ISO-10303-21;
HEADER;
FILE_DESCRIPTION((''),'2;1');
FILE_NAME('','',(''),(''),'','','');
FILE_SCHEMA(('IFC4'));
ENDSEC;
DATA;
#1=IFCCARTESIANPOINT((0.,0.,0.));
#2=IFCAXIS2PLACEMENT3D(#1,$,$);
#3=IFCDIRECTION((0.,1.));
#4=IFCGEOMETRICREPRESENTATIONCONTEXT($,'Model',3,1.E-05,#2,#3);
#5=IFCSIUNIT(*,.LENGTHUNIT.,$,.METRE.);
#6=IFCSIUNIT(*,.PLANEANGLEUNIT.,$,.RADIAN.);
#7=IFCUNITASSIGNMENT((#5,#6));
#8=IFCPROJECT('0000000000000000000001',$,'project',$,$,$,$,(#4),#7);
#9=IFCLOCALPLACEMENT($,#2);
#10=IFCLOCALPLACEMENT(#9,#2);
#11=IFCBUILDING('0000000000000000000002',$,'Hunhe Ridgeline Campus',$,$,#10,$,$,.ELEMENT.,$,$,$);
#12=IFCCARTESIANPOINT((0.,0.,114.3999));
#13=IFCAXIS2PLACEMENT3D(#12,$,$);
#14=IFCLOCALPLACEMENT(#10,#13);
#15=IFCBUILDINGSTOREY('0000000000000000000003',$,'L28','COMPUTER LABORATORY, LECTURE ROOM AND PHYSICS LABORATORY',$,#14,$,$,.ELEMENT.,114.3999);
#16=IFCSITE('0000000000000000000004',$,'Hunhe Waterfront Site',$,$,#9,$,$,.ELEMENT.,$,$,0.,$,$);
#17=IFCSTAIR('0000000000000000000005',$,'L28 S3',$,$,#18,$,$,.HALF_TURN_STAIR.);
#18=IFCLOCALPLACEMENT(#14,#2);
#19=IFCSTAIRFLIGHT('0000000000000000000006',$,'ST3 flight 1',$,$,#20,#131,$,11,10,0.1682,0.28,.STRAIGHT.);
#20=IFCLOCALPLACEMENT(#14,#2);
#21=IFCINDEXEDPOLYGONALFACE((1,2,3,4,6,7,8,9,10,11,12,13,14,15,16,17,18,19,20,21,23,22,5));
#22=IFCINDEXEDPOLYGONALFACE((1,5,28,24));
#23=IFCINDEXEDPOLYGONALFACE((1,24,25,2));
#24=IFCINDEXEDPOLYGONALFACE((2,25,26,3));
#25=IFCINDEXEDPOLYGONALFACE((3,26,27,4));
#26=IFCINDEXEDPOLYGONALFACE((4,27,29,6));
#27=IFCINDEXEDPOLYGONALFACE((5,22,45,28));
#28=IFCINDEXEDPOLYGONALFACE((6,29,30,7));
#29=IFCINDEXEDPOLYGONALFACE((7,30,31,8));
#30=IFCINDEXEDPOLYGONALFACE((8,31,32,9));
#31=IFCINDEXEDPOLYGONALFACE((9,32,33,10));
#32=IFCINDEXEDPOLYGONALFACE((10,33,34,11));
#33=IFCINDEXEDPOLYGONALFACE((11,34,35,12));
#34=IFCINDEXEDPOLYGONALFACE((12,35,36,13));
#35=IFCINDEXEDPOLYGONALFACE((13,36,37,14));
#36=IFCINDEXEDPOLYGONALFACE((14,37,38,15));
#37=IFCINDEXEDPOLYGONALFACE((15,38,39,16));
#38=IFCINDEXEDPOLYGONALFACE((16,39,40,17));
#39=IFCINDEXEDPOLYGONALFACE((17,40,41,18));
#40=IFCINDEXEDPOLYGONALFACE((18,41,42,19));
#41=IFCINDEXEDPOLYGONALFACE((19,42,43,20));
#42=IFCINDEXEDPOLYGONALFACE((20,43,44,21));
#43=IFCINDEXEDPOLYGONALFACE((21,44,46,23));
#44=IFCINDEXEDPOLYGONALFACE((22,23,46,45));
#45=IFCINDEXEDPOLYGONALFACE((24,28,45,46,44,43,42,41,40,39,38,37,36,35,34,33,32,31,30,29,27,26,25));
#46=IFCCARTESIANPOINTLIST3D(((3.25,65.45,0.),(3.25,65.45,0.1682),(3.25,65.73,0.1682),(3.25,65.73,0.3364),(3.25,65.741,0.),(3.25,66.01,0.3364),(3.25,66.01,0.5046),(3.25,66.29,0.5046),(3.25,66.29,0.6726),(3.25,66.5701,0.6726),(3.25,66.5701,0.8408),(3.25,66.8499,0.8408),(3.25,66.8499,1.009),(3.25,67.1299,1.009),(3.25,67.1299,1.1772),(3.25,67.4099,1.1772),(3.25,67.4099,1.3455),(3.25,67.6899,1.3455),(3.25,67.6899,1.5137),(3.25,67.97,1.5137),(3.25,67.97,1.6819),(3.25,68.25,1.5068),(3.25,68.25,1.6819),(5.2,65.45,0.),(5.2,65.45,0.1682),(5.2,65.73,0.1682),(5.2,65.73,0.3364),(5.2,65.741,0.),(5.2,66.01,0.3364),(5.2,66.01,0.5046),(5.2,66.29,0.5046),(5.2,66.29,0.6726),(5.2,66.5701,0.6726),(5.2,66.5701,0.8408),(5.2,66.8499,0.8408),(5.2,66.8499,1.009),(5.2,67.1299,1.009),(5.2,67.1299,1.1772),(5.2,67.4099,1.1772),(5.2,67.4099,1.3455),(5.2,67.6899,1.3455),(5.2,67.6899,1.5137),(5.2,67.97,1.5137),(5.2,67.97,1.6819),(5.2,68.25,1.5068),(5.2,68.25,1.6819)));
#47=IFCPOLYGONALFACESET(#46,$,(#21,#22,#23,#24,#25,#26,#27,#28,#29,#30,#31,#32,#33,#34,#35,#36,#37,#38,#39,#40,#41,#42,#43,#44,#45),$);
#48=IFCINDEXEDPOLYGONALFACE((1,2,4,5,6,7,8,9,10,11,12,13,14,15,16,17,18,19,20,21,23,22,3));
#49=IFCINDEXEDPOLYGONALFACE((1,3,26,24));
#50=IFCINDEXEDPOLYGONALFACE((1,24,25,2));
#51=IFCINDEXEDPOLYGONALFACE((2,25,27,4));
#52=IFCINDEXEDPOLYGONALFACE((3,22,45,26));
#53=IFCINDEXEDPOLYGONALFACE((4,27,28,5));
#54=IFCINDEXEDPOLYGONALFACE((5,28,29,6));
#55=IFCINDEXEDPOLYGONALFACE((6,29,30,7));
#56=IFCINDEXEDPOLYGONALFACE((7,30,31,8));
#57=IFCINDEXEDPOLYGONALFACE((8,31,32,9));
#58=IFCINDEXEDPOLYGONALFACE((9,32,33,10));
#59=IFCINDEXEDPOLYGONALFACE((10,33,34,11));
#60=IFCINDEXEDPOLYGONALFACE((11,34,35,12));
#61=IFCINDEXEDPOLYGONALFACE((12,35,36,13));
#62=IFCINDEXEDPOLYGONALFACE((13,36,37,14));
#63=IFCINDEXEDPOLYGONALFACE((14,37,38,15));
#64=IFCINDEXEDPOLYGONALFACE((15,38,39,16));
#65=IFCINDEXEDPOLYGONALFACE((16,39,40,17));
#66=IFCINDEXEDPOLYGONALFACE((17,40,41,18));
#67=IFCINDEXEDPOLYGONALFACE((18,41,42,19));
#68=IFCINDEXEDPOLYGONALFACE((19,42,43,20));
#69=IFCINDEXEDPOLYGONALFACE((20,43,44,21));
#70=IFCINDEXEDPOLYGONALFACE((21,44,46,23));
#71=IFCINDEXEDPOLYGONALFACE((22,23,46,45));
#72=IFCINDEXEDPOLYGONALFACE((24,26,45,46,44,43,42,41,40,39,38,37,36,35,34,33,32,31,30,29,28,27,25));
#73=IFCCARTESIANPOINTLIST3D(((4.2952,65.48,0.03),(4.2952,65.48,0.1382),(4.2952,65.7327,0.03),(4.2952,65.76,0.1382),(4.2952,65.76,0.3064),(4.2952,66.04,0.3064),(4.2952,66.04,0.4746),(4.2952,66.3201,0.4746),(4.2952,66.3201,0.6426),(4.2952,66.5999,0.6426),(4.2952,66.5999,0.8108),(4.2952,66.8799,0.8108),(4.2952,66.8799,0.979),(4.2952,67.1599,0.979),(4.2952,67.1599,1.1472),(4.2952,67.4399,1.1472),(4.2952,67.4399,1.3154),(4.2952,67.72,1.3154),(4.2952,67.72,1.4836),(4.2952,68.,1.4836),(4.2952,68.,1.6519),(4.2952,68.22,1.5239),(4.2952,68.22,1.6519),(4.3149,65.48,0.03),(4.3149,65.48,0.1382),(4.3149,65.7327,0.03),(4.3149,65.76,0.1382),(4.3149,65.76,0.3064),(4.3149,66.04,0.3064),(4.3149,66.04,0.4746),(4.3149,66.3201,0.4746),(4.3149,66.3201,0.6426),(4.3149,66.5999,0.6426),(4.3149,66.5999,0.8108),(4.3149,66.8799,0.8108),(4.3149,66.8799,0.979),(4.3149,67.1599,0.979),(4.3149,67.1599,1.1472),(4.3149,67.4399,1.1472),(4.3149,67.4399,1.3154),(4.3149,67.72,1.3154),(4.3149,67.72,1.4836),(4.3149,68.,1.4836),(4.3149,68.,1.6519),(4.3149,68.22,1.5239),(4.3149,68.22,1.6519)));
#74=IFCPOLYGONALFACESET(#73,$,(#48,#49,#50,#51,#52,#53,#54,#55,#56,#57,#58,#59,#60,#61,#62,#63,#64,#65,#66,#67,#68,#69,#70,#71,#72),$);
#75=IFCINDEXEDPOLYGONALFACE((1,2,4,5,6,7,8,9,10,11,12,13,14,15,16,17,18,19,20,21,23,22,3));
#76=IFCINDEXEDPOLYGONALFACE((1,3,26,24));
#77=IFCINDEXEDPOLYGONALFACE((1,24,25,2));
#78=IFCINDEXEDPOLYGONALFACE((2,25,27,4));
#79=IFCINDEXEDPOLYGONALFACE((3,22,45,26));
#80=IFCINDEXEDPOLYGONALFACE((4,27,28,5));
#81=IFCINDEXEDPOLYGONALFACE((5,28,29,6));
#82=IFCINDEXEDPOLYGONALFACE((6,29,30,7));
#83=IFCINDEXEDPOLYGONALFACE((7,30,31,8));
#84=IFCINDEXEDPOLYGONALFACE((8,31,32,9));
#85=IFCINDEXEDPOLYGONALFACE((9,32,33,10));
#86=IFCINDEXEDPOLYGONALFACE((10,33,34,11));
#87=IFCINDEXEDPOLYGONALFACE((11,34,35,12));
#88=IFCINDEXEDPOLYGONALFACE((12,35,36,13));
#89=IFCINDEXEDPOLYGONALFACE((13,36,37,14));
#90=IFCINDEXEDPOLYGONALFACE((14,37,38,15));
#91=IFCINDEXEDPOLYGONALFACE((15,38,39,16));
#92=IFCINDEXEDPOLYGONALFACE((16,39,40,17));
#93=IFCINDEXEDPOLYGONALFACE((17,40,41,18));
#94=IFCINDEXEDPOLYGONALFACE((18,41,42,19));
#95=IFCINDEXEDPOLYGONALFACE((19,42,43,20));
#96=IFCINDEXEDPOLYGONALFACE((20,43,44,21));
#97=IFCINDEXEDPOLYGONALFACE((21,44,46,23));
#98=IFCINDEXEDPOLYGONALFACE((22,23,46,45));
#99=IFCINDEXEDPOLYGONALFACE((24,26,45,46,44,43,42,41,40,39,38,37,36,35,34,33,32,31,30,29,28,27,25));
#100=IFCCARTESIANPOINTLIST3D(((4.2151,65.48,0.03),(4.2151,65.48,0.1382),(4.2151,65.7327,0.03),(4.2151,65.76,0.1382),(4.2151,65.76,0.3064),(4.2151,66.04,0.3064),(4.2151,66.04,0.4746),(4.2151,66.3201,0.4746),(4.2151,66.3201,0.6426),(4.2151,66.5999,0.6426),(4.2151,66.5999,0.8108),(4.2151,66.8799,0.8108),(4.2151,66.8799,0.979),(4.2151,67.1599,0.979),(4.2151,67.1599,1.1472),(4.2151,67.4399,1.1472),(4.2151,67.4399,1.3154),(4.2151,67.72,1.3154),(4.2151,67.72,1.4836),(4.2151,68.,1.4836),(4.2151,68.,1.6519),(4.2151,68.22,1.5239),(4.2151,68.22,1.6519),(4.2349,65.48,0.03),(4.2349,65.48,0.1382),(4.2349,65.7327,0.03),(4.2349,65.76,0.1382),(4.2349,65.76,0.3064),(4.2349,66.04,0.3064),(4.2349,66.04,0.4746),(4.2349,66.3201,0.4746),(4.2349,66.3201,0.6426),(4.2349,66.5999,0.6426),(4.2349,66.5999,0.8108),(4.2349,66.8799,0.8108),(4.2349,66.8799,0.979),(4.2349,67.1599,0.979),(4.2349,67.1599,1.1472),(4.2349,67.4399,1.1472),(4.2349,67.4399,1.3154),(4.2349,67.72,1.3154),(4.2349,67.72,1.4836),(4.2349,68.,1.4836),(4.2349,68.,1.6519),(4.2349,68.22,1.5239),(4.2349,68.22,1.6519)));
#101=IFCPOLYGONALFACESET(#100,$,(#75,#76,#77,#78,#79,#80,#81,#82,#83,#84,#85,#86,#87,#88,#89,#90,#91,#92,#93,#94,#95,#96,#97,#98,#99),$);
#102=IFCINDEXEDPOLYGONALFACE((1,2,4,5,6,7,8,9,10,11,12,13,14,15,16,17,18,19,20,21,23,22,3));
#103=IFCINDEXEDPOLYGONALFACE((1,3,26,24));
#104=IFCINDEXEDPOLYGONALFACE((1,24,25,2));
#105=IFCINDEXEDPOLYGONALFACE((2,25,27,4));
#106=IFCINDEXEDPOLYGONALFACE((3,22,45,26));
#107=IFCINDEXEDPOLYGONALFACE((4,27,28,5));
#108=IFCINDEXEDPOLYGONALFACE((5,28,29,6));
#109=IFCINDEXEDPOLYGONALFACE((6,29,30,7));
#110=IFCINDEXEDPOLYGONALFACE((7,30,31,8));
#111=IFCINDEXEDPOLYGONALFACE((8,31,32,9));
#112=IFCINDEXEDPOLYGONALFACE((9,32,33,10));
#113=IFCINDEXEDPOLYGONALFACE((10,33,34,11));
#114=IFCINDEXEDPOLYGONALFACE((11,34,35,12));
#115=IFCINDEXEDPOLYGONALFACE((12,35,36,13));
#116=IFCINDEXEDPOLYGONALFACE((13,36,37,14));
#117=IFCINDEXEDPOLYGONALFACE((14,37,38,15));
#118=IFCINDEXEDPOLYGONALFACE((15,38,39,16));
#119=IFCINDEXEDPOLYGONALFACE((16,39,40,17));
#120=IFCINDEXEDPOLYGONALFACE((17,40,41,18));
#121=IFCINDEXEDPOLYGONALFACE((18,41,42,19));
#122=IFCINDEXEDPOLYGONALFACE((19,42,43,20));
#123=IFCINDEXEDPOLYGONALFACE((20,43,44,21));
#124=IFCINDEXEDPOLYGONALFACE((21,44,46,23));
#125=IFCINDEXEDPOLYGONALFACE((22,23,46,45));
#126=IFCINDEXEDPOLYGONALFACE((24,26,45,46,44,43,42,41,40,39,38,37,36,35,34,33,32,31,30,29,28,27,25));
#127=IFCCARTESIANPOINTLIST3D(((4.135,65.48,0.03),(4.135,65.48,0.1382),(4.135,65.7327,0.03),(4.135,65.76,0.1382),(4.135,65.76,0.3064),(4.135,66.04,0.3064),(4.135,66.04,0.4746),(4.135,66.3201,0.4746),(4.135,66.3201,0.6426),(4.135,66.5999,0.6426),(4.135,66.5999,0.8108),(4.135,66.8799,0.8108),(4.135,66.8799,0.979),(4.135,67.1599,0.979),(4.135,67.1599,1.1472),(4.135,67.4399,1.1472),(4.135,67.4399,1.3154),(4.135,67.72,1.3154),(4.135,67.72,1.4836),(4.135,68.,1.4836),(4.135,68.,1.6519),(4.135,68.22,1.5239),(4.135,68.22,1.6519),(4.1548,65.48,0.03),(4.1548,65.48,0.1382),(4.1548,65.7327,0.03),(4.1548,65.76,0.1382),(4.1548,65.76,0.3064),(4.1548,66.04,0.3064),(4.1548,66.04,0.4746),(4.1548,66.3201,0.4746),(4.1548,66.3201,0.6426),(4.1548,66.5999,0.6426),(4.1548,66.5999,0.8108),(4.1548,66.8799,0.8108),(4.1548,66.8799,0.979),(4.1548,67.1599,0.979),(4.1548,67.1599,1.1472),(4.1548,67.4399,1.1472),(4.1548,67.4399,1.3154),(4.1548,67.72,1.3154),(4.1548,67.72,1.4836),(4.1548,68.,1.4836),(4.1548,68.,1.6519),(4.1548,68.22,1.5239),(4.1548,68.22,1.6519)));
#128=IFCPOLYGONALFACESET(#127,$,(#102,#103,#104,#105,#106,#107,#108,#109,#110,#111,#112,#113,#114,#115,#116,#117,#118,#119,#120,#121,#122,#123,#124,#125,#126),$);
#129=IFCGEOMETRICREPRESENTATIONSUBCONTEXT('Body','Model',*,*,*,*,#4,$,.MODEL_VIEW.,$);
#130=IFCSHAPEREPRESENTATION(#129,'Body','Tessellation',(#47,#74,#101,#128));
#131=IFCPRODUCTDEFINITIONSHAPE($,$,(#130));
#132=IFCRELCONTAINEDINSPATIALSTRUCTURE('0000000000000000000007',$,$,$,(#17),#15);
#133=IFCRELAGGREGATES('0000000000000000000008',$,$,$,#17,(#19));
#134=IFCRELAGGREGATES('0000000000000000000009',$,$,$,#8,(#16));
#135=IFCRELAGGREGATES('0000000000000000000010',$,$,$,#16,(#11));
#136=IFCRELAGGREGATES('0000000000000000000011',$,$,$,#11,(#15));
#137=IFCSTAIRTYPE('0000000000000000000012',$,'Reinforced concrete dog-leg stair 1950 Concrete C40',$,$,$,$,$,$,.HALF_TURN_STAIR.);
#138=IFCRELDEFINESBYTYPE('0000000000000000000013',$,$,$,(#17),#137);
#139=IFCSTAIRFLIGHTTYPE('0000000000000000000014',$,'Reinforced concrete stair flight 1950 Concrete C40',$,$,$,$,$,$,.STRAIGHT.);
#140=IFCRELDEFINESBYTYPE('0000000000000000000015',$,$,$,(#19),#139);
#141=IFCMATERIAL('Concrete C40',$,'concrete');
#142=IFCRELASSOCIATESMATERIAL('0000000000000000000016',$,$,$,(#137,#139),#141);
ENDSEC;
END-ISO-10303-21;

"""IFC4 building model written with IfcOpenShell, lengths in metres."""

from ifc_helpers import new_model, si_unit, direction, frame, origin, place, context, subcontext, project, spatial, polyline, outline, extrude, material, type_object, element, aggregate, save


model = new_model("IFC4")

# Units and contexts
model_context = context("Model", 3, precision=1e-05, world=origin(), true_north=direction((0.0, 1.0)))
body_context = subcontext(model_context, "Body", "Model", "MODEL_VIEW")
ifc_project = project(units=[si_unit("LENGTHUNIT", "METRE"), si_unit("PLANEANGLEUNIT", "RADIAN")], contexts=[model_context])

# Site, building, storey
site_placement = place(None, origin())
site = spatial("IfcSite", under=ifc_project, at=site_placement, Name="Hunhe Waterfront Site", CompositionType="ELEMENT", RefElevation=0.0)
building_placement = place(site_placement, origin())
building = spatial("IfcBuilding", under=site, at=building_placement, Name="Hunhe Ridgeline Campus", CompositionType="ELEMENT")
storey_placement = place(building_placement, frame((0.0, 0.0, 114.3999)))
storey = spatial("IfcBuildingStorey", under=building, at=storey_placement, Name="L28", Description="COMPUTER LABORATORY, LECTURE ROOM AND PHYSICS LABORATORY", CompositionType="ELEMENT", Elevation=114.3999)

# Stair, stair flight
ifc_material_1 = material(Name="Concrete C40", Category="concrete")
stair_type = type_object("IfcStairType", Name="Reinforced concrete dog-leg stair 1950 Concrete C40", PredefinedType="HALF_TURN_STAIR", material=ifc_material_1)
stair_1_placement = place(storey_placement, origin())
stair_1 = element("IfcStair", 1, at=stair_1_placement, inside=storey, type_object=stair_type, Name="L28 S3", PredefinedType="HALF_TURN_STAIR")
stair_flight_type = type_object("IfcStairFlightType", Name="Reinforced concrete stair flight 1950 Concrete C40", PredefinedType="STRAIGHT", material=ifc_material_1)
stair_flight_1_placement = place(storey_placement, frame((4.2251, 65.45, 0.0), z_axis=(0.0, 0.0, 1.0), x_axis=(0.0, 1.0, 0.0)))
stair_flight_1 = element("IfcStairFlight", 2, at=stair_flight_1_placement, type_object=stair_flight_type, Name="ST3 flight 1", NumberOfRisers=11, NumberOfTreads=10, PredefinedType="STRAIGHT", RiserHeight=0.1682, TreadLength=0.28, context=body_context, shape_type="SweptSolid", body=[
    extrude(outline(polyline([(0.0, 0.0), (0.0, 0.1682), (0.28, 0.1682), (0.28, 0.3364), (0.5601, 0.3364), (0.5601, 0.5046), (0.8401, 0.5046), (0.8401, 0.6726), (1.1201, 0.6726), (1.1201, 0.8408), (1.3999, 0.8408), (1.3999, 1.009), (1.6799, 1.009), (1.6799, 1.1772), (1.96, 1.1772), (1.96, 1.3455), (2.24, 1.3455), (2.24, 1.5137), (2.52, 1.5137), (2.52, 1.6819), (2.8, 1.6819), (2.8, 1.8501), (2.8, 1.5068), (0.291, 0.0), (0.0, 0.0)])), frame((0.0, 0.9751, 0.0), z_axis=(0.0, -1.0, 0.0), x_axis=(1.0, 0.0, 0.0)), (0.0, 0.0, 1.0), 1.95),
    extrude(outline(polyline([(0.03, 0.03), (0.03, 0.1382), (0.3101, 0.1382), (0.3101, 0.3064), (0.5901, 0.3064), (0.5901, 0.4746), (0.8701, 0.4746), (0.8701, 0.6426), (1.1499, 0.6426), (1.1499, 0.8108), (1.4299, 0.8108), (1.4299, 0.979), (1.71, 0.979), (1.71, 1.1472), (1.99, 1.1472), (1.99, 1.3154), (2.27, 1.3154), (2.27, 1.4836), (2.55, 1.4836), (2.55, 1.6519), (2.77, 1.6519), (2.77, 1.5239), (0.2827, 0.03), (0.03, 0.03)])), frame((0.0, -0.0701, 0.0), z_axis=(0.0, -1.0, 0.0), x_axis=(1.0, 0.0, 0.0)), (0.0, 0.0, 1.0), 0.0198),
    extrude(outline(polyline([(0.03, 0.03), (0.03, 0.1382), (0.3101, 0.1382), (0.3101, 0.3064), (0.5901, 0.3064), (0.5901, 0.4746), (0.8701, 0.4746), (0.8701, 0.6426), (1.1499, 0.6426), (1.1499, 0.8108), (1.4299, 0.8108), (1.4299, 0.979), (1.71, 0.979), (1.71, 1.1472), (1.99, 1.1472), (1.99, 1.3154), (2.27, 1.3154), (2.27, 1.4836), (2.55, 1.4836), (2.55, 1.6519), (2.77, 1.6519), (2.77, 1.5239), (0.2827, 0.03), (0.03, 0.03)])), frame((0.0, 0.01, 0.0), z_axis=(0.0, -1.0, 0.0), x_axis=(1.0, 0.0, 0.0)), (0.0, 0.0, 1.0), 0.0198),
    extrude(outline(polyline([(0.03, 0.03), (0.03, 0.1382), (0.3101, 0.1382), (0.3101, 0.3064), (0.5901, 0.3064), (0.5901, 0.4746), (0.8701, 0.4746), (0.8701, 0.6426), (1.1499, 0.6426), (1.1499, 0.8108), (1.4299, 0.8108), (1.4299, 0.979), (1.71, 0.979), (1.71, 1.1472), (1.99, 1.1472), (1.99, 1.3154), (2.27, 1.3154), (2.27, 1.4836), (2.55, 1.4836), (2.55, 1.6519), (2.77, 1.6519), (2.77, 1.5239), (0.2827, 0.03), (0.03, 0.03)])), frame((0.0, 0.0901, 0.0), z_axis=(0.0, -1.0, 0.0), x_axis=(1.0, 0.0, 0.0)), (0.0, 0.0, 1.0), 0.0198),
])
aggregate(stair_1, [stair_flight_1])

save(model, "model.ifc")
